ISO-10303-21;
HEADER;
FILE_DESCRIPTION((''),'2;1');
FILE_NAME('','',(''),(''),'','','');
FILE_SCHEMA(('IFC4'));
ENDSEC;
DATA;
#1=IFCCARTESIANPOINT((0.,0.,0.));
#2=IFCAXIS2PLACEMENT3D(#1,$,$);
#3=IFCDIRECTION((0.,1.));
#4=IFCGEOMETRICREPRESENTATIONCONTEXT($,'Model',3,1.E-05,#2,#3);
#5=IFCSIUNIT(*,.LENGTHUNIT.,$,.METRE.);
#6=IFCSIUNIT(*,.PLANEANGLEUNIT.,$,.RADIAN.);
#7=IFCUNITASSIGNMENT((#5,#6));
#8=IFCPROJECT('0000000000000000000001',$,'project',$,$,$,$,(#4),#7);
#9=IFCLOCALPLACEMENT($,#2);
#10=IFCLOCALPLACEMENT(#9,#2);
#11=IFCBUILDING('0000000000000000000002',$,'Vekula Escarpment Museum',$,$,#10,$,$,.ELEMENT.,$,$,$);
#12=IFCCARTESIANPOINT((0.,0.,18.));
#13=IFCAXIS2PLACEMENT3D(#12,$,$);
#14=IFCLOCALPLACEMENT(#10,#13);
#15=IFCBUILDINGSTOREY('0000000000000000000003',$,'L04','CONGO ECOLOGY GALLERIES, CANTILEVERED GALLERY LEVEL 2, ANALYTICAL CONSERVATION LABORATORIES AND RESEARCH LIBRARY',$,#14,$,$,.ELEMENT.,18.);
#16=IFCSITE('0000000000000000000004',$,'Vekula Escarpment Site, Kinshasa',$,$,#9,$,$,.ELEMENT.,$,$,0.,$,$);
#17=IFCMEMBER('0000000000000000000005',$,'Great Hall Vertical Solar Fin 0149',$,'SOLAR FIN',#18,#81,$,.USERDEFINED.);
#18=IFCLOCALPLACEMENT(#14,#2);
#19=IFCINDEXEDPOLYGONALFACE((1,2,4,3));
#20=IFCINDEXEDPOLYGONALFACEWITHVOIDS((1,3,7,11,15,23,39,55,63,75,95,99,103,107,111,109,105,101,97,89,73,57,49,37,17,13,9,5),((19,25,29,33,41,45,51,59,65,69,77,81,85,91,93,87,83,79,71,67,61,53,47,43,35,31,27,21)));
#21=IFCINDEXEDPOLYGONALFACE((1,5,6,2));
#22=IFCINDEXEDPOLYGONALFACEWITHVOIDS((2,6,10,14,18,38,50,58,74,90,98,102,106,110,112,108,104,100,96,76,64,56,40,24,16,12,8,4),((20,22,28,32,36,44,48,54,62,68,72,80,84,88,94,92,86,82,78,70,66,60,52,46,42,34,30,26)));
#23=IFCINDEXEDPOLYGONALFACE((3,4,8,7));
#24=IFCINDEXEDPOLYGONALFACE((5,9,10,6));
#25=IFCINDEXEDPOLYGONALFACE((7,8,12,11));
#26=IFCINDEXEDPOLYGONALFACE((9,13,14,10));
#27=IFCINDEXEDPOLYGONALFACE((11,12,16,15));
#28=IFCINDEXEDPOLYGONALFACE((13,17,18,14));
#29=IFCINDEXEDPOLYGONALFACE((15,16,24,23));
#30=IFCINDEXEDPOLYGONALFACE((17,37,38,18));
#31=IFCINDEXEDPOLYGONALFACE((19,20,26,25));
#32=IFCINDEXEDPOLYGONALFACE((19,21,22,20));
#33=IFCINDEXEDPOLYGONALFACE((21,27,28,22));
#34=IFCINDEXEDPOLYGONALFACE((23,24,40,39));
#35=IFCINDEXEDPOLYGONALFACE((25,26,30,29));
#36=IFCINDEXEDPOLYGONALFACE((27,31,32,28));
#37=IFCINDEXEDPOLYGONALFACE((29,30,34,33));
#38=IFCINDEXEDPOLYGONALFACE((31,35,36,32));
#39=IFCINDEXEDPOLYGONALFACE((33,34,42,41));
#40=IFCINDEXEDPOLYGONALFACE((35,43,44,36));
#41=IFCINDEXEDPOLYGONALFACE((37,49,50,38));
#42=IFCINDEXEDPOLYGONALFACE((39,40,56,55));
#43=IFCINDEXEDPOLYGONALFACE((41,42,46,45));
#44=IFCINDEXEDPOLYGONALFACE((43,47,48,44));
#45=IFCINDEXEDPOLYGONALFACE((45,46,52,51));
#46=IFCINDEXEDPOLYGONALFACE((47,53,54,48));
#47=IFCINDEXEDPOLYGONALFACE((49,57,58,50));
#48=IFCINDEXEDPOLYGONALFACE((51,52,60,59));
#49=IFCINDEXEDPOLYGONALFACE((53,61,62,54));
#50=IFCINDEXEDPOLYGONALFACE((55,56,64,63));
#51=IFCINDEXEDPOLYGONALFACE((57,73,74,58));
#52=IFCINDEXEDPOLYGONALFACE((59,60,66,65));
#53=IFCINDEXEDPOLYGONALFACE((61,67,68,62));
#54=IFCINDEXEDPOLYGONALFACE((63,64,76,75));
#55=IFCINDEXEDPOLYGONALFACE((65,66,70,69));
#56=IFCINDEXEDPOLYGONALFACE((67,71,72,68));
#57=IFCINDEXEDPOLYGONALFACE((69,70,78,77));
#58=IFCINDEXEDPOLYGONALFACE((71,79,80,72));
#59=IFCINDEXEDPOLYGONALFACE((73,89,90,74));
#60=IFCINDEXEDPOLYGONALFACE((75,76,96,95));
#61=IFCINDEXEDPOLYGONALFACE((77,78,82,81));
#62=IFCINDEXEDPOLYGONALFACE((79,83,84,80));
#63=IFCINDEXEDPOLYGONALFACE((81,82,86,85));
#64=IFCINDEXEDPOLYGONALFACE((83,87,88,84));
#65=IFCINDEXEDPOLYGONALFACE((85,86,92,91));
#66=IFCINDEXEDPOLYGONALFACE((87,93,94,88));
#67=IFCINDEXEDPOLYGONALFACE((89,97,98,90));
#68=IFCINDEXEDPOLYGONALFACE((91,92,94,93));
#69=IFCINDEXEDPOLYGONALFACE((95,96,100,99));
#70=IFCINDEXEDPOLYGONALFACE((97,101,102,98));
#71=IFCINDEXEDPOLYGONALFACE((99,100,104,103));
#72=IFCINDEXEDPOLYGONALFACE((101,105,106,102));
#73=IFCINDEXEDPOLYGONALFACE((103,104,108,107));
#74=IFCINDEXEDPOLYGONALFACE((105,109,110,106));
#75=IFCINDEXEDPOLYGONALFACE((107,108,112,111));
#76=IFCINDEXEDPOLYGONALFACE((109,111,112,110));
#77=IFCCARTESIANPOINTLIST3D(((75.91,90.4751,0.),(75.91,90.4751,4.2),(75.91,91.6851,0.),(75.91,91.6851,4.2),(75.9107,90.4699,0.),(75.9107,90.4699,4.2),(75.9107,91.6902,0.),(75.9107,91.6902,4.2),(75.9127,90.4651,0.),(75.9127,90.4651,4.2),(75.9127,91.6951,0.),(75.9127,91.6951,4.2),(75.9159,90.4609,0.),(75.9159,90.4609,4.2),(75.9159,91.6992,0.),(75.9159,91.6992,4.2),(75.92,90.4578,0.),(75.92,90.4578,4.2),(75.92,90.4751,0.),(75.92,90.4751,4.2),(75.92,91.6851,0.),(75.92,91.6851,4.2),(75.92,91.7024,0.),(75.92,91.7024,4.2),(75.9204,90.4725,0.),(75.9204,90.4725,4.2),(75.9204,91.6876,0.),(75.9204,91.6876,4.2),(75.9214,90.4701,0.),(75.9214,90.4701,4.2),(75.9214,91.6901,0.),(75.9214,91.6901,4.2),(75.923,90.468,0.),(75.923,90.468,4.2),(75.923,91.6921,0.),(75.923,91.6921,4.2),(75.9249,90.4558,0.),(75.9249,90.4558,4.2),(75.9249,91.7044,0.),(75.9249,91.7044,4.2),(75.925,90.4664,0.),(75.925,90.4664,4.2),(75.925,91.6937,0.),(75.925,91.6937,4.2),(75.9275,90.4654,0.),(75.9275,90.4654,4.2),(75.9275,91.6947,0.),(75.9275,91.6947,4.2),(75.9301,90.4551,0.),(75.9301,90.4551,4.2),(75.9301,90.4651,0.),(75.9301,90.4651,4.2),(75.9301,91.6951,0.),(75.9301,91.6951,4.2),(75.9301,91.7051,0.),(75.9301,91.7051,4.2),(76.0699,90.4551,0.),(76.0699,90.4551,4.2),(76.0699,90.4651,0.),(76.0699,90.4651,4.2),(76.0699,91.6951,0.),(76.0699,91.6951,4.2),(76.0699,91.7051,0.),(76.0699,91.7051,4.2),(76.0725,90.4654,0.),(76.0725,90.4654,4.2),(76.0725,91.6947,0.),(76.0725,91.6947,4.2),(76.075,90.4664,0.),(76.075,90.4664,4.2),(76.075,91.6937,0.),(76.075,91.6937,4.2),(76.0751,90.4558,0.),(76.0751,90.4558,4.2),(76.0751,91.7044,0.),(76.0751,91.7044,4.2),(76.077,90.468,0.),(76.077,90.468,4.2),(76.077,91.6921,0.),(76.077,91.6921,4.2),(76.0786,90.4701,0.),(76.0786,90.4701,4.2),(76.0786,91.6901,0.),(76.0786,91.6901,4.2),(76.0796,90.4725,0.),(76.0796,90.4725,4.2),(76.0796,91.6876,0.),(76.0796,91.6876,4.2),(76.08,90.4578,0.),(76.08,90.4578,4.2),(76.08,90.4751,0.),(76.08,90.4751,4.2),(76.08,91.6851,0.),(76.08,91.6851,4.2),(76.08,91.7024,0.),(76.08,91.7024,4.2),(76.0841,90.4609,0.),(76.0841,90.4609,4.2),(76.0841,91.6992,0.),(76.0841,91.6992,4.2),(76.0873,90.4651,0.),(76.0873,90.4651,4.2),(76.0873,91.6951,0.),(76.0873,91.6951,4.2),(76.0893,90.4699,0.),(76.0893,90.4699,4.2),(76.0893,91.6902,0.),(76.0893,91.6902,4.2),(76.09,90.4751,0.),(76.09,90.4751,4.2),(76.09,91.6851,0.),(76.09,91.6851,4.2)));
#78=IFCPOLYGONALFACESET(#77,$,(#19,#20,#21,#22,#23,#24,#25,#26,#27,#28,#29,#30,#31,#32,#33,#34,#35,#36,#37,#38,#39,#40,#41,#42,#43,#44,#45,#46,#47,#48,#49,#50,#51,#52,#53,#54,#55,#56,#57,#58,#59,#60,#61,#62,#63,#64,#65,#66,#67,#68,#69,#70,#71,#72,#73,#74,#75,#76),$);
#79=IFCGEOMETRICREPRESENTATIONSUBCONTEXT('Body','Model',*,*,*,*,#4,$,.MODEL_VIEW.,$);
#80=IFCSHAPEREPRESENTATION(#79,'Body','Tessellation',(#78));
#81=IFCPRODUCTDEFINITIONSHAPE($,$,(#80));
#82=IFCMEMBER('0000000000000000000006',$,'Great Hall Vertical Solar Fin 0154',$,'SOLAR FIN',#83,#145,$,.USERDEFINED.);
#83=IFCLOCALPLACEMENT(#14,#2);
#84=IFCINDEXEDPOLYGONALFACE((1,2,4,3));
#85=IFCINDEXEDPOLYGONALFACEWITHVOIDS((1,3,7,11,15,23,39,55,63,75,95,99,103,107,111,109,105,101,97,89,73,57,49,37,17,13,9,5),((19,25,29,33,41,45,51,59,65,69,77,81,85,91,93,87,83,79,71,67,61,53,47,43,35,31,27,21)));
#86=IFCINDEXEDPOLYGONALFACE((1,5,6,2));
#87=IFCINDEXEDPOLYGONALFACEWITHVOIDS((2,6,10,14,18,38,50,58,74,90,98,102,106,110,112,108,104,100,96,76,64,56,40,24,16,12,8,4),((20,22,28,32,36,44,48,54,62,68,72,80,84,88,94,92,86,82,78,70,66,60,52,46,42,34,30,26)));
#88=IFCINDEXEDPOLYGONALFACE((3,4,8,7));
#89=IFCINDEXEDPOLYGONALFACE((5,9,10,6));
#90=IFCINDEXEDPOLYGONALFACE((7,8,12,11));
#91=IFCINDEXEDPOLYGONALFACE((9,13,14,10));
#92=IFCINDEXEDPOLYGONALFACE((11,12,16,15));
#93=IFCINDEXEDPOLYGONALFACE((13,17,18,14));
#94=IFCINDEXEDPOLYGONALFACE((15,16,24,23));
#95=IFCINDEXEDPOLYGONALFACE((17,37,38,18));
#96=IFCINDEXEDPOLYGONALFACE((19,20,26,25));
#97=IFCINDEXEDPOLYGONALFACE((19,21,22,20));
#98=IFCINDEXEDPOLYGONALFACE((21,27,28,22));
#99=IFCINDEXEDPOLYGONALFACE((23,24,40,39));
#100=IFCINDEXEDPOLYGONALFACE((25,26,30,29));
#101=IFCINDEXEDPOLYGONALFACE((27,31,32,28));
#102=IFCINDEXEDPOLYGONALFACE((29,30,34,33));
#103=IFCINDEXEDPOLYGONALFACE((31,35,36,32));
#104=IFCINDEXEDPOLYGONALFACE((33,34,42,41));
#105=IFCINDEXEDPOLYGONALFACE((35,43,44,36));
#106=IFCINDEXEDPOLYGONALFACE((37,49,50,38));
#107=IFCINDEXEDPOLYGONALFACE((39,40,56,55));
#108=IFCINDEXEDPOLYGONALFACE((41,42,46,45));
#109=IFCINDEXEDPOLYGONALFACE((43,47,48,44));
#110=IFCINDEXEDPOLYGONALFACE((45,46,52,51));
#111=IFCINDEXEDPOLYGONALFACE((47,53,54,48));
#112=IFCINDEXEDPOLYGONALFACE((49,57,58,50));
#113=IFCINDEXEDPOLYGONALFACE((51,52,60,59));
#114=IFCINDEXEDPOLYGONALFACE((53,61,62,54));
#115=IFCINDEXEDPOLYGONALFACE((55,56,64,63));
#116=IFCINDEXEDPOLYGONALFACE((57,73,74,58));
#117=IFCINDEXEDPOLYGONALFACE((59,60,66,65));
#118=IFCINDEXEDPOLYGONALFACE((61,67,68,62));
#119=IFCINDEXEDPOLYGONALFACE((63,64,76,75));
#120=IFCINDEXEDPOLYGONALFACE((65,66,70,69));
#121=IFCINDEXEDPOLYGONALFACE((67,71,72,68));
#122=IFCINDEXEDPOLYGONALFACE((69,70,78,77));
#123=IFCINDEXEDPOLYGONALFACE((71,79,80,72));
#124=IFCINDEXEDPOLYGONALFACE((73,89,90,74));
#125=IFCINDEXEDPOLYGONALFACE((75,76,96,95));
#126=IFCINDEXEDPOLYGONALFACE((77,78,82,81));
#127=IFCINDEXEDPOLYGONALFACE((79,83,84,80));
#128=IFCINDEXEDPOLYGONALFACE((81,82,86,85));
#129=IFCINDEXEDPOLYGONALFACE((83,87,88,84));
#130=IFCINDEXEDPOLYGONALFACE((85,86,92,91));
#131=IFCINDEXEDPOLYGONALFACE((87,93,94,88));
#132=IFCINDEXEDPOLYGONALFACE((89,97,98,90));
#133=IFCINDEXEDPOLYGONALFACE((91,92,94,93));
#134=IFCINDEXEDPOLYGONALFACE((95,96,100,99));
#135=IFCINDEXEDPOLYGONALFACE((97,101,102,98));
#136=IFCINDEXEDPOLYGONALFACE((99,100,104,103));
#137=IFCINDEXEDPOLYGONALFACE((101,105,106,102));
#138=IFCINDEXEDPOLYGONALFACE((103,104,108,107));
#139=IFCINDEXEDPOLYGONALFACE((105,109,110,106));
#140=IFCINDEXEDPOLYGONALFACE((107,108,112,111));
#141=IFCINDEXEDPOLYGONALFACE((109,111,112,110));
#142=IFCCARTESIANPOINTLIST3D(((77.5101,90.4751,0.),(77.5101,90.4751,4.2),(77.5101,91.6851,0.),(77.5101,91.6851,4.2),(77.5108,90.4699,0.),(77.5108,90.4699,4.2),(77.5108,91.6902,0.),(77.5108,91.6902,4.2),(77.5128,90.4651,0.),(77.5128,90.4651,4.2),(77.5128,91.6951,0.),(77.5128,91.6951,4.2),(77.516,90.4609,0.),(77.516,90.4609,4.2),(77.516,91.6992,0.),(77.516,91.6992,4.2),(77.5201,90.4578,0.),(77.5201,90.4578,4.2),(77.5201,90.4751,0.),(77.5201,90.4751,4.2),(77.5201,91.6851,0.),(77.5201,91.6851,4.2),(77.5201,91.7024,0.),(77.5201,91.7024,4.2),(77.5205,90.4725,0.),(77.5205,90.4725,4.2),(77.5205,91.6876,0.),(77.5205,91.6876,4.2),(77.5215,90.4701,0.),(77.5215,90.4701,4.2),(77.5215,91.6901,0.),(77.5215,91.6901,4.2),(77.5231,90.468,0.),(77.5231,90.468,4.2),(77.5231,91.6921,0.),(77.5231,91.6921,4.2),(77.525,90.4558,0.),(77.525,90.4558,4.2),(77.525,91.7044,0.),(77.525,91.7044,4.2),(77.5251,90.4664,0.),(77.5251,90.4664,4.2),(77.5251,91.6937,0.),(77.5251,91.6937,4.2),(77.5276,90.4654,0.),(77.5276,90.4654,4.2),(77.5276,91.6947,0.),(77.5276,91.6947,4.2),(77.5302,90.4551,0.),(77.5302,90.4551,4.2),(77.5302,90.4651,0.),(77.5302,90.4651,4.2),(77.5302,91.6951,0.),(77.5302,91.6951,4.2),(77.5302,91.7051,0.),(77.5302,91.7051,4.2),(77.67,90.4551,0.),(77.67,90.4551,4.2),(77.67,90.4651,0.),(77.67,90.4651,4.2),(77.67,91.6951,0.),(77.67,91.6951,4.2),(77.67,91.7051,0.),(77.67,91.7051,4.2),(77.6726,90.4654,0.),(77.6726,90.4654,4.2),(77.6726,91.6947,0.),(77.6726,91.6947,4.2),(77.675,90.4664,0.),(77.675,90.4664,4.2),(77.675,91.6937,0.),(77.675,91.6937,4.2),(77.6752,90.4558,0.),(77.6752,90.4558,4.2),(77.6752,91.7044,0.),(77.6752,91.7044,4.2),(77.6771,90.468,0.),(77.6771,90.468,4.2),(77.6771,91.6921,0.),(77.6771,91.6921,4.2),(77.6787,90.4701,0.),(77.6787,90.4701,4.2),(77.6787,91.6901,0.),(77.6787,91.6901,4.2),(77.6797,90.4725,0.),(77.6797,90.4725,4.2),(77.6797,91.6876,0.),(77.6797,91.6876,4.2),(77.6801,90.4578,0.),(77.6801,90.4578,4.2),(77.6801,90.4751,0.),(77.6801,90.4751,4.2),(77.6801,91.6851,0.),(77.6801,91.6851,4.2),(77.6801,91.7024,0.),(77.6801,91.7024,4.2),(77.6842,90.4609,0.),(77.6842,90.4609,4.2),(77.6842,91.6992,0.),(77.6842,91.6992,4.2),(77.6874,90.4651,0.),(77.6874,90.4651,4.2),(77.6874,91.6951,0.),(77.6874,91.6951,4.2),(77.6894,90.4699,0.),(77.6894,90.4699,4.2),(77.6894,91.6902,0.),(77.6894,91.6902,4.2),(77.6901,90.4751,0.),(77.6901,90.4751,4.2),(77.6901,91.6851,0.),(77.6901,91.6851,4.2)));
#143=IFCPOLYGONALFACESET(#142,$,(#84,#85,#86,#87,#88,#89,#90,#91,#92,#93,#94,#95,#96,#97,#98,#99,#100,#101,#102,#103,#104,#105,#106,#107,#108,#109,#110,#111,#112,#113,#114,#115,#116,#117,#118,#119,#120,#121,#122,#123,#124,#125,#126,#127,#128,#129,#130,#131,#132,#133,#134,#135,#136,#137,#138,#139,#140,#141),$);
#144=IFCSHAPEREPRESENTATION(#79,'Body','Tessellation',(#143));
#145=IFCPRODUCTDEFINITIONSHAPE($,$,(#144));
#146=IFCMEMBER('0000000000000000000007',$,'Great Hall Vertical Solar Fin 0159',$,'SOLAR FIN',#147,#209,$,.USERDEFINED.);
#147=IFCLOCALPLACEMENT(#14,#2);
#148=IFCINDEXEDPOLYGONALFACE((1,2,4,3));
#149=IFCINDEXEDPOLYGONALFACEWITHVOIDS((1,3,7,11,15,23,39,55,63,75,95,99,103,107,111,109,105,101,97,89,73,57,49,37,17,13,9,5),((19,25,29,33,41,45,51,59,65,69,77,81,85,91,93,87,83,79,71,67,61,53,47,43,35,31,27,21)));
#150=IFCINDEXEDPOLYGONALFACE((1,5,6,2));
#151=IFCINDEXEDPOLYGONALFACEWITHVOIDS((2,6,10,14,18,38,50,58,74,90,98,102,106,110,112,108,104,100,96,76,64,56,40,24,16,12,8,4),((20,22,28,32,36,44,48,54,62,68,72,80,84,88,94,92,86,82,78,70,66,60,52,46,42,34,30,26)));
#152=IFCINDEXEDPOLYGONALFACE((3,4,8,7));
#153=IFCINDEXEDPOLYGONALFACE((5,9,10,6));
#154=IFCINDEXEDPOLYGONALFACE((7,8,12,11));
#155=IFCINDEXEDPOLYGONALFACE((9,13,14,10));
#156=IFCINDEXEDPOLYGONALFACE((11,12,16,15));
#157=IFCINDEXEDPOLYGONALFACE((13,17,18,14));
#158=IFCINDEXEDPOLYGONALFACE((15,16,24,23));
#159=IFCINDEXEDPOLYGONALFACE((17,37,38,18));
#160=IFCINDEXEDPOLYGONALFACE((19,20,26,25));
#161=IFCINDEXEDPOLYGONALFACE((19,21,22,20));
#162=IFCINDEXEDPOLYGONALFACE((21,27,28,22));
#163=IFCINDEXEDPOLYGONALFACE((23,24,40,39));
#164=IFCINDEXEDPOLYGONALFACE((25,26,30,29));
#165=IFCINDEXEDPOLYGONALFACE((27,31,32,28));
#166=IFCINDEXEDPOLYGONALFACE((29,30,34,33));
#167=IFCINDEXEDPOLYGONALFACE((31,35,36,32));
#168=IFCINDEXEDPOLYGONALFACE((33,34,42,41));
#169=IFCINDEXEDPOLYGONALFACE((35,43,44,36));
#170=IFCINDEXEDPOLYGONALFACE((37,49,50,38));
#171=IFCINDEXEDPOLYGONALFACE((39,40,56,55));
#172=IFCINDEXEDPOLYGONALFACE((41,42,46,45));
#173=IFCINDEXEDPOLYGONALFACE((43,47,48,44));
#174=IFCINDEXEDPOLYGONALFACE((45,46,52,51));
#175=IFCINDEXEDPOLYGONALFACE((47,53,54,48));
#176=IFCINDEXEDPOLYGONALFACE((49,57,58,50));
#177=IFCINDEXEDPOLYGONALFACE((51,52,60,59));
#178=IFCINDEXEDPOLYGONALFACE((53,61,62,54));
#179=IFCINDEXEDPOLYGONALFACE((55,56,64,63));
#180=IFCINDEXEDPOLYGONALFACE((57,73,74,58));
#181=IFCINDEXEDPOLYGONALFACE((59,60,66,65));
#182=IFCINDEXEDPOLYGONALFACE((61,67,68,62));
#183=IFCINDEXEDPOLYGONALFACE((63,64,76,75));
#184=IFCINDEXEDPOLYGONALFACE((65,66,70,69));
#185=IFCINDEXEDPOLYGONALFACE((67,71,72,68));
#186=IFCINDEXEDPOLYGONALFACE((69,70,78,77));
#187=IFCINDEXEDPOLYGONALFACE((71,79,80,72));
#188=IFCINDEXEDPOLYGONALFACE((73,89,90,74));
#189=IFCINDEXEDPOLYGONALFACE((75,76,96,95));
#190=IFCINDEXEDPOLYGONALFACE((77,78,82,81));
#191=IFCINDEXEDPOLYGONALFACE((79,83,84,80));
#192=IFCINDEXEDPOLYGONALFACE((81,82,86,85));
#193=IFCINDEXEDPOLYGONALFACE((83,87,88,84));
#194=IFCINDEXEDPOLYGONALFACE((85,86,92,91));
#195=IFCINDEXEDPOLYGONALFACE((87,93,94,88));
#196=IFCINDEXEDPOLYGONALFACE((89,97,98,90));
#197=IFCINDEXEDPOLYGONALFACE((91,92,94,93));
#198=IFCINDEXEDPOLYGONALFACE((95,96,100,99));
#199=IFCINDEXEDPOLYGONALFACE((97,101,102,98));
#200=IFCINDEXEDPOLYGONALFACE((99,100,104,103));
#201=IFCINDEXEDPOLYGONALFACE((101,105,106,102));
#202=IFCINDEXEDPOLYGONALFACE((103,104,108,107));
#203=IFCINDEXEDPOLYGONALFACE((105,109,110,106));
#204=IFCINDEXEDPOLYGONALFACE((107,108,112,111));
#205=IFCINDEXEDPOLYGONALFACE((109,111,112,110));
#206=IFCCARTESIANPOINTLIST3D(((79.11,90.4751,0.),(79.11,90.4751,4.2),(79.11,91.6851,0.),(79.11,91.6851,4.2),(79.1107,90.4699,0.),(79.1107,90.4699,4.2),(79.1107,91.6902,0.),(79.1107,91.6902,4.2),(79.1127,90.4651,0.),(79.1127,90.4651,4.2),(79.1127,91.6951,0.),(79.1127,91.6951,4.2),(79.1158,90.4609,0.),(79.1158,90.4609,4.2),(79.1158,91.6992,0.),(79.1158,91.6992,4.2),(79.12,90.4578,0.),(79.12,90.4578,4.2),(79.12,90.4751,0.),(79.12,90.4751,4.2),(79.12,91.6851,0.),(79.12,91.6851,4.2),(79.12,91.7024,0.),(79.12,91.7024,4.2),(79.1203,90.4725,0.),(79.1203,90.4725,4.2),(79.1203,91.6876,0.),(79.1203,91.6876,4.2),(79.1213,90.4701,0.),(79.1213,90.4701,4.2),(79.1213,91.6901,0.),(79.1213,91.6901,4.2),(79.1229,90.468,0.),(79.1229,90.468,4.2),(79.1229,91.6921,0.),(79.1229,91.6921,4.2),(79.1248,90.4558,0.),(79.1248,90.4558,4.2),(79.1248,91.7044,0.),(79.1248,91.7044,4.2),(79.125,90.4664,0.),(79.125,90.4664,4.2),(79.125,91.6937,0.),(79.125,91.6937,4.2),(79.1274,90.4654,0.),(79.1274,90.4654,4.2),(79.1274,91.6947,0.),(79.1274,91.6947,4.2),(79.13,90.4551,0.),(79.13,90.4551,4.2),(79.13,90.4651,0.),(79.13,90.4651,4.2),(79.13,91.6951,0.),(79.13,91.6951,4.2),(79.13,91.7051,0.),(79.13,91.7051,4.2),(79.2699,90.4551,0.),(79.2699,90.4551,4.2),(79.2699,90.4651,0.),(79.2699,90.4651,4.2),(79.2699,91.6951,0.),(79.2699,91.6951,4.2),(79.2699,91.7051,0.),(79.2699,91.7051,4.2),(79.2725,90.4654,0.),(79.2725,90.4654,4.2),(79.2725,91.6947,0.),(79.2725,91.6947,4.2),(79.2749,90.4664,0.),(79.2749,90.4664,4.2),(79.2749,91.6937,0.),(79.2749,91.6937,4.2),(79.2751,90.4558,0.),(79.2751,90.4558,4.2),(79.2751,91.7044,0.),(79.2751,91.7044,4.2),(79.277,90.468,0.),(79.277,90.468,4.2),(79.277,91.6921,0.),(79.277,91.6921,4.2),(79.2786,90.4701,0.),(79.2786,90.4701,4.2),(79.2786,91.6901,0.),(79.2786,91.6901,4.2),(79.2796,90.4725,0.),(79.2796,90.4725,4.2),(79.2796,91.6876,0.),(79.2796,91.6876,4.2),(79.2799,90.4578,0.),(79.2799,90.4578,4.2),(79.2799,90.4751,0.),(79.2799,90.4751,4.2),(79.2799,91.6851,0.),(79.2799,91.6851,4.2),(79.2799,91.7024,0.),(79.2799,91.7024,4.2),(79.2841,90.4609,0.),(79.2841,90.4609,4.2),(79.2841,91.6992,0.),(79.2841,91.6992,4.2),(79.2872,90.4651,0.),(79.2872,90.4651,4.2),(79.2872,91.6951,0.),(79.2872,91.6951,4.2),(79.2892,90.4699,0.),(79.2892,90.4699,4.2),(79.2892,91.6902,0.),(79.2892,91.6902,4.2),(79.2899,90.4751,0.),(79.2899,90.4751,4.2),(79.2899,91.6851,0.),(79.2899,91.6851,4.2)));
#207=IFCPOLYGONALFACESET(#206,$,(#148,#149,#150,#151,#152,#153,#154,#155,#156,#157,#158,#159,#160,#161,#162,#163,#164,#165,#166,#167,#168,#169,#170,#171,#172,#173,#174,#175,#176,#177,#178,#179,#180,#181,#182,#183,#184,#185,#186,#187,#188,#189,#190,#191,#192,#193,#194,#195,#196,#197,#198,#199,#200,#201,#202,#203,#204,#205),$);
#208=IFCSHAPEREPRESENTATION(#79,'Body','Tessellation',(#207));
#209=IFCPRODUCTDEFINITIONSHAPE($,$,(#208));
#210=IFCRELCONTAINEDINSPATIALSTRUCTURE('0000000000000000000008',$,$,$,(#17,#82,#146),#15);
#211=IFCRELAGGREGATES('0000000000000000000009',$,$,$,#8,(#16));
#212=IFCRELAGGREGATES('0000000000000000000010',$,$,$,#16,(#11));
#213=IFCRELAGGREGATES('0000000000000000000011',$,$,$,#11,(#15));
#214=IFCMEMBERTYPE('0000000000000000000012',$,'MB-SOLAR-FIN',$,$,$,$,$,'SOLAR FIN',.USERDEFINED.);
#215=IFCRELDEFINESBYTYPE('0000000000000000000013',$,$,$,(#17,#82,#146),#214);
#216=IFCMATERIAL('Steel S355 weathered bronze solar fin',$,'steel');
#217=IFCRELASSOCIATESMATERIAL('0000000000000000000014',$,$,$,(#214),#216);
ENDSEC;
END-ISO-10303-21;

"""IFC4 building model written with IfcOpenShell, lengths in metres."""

from ifc_helpers import new_model, si_unit, direction, frame, origin, origin_2d, place, context, subcontext, project, spatial, hollow_rectangle, extrude, material, material_profile, profile_set, type_object, element, save


model = new_model("IFC4")

# Units and contexts
model_context = context("Model", 3, precision=1e-05, world=origin(), true_north=direction((0.0, 1.0)))
body_context = subcontext(model_context, "Body", "Model", "MODEL_VIEW")
ifc_project = project(units=[si_unit("LENGTHUNIT", "METRE"), si_unit("PLANEANGLEUNIT", "RADIAN")], contexts=[model_context])

# Site, building, storey
site_placement = place(None, origin())
site = spatial("IfcSite", under=ifc_project, at=site_placement, Name="Vekula Escarpment Site, Kinshasa", CompositionType="ELEMENT", RefElevation=0.0)
building_placement = place(site_placement, origin())
building = spatial("IfcBuilding", under=site, at=building_placement, Name="Vekula Escarpment Museum", CompositionType="ELEMENT")
storey_placement = place(building_placement, frame((0.0, 0.0, 18.0)))
storey = spatial("IfcBuildingStorey", under=building, at=storey_placement, Name="L04", Description="CONGO ECOLOGY GALLERIES, CANTILEVERED GALLERY LEVEL 2, ANALYTICAL CONSERVATION LABORATORIES AND RESEARCH LIBRARY", CompositionType="ELEMENT", Elevation=18.0)

# Members
ifc_material_1 = material(Name="Steel S355 weathered bronze solar fin", Category="steel")
ifc_material_profile_1 = material_profile(ifc_material_1, hollow_rectangle(XDim=0.1799, YDim=1.25, WallThickness=0.01, InnerFilletRadius=0.01, OuterFilletRadius=0.02, at=origin_2d()), Name="RHS 1250x180x10")
ifc_profile_set_1 = profile_set([ifc_material_profile_1], Name="Steel S355 weathered bronze solar fin")
member_type_1 = type_object("IfcMemberType", Name="MB-SOLAR-FIN", ElementType="SOLAR FIN", PredefinedType="USERDEFINED", material=ifc_profile_set_1)
for number, where, z_axis, x_axis, name in (
    (1, (76.0, 91.0801, 0.0), (0.0, 0.0, 1.0), (1.0, 0.0, 0.0), "Great Hall Vertical Solar Fin 0149"),
    (2, (77.6001, 91.0801, 0.0), (0.0, 0.0, 1.0), (1.0, 0.0, 0.0), "Great Hall Vertical Solar Fin 0154"),
    (3, (79.2, 91.0801, 0.0), (0.0, 0.0, 1.0), (1.0, 0.0, 0.0), "Great Hall Vertical Solar Fin 0159"),
):
    element("IfcMember", number, at=place(storey_placement, frame(where, z_axis=z_axis, x_axis=x_axis)), inside=storey, type_object=member_type_1, Name=name, ObjectType="SOLAR FIN", PredefinedType="USERDEFINED", context=body_context, shape_type="SweptSolid", body=[
        extrude(hollow_rectangle(XDim=0.1799, YDim=1.25, WallThickness=0.01, InnerFilletRadius=0.01, OuterFilletRadius=0.02, at=origin_2d()), origin(), (0.0, 0.0, 1.0), 4.2),
    ])

save(model, "model.ifc")
